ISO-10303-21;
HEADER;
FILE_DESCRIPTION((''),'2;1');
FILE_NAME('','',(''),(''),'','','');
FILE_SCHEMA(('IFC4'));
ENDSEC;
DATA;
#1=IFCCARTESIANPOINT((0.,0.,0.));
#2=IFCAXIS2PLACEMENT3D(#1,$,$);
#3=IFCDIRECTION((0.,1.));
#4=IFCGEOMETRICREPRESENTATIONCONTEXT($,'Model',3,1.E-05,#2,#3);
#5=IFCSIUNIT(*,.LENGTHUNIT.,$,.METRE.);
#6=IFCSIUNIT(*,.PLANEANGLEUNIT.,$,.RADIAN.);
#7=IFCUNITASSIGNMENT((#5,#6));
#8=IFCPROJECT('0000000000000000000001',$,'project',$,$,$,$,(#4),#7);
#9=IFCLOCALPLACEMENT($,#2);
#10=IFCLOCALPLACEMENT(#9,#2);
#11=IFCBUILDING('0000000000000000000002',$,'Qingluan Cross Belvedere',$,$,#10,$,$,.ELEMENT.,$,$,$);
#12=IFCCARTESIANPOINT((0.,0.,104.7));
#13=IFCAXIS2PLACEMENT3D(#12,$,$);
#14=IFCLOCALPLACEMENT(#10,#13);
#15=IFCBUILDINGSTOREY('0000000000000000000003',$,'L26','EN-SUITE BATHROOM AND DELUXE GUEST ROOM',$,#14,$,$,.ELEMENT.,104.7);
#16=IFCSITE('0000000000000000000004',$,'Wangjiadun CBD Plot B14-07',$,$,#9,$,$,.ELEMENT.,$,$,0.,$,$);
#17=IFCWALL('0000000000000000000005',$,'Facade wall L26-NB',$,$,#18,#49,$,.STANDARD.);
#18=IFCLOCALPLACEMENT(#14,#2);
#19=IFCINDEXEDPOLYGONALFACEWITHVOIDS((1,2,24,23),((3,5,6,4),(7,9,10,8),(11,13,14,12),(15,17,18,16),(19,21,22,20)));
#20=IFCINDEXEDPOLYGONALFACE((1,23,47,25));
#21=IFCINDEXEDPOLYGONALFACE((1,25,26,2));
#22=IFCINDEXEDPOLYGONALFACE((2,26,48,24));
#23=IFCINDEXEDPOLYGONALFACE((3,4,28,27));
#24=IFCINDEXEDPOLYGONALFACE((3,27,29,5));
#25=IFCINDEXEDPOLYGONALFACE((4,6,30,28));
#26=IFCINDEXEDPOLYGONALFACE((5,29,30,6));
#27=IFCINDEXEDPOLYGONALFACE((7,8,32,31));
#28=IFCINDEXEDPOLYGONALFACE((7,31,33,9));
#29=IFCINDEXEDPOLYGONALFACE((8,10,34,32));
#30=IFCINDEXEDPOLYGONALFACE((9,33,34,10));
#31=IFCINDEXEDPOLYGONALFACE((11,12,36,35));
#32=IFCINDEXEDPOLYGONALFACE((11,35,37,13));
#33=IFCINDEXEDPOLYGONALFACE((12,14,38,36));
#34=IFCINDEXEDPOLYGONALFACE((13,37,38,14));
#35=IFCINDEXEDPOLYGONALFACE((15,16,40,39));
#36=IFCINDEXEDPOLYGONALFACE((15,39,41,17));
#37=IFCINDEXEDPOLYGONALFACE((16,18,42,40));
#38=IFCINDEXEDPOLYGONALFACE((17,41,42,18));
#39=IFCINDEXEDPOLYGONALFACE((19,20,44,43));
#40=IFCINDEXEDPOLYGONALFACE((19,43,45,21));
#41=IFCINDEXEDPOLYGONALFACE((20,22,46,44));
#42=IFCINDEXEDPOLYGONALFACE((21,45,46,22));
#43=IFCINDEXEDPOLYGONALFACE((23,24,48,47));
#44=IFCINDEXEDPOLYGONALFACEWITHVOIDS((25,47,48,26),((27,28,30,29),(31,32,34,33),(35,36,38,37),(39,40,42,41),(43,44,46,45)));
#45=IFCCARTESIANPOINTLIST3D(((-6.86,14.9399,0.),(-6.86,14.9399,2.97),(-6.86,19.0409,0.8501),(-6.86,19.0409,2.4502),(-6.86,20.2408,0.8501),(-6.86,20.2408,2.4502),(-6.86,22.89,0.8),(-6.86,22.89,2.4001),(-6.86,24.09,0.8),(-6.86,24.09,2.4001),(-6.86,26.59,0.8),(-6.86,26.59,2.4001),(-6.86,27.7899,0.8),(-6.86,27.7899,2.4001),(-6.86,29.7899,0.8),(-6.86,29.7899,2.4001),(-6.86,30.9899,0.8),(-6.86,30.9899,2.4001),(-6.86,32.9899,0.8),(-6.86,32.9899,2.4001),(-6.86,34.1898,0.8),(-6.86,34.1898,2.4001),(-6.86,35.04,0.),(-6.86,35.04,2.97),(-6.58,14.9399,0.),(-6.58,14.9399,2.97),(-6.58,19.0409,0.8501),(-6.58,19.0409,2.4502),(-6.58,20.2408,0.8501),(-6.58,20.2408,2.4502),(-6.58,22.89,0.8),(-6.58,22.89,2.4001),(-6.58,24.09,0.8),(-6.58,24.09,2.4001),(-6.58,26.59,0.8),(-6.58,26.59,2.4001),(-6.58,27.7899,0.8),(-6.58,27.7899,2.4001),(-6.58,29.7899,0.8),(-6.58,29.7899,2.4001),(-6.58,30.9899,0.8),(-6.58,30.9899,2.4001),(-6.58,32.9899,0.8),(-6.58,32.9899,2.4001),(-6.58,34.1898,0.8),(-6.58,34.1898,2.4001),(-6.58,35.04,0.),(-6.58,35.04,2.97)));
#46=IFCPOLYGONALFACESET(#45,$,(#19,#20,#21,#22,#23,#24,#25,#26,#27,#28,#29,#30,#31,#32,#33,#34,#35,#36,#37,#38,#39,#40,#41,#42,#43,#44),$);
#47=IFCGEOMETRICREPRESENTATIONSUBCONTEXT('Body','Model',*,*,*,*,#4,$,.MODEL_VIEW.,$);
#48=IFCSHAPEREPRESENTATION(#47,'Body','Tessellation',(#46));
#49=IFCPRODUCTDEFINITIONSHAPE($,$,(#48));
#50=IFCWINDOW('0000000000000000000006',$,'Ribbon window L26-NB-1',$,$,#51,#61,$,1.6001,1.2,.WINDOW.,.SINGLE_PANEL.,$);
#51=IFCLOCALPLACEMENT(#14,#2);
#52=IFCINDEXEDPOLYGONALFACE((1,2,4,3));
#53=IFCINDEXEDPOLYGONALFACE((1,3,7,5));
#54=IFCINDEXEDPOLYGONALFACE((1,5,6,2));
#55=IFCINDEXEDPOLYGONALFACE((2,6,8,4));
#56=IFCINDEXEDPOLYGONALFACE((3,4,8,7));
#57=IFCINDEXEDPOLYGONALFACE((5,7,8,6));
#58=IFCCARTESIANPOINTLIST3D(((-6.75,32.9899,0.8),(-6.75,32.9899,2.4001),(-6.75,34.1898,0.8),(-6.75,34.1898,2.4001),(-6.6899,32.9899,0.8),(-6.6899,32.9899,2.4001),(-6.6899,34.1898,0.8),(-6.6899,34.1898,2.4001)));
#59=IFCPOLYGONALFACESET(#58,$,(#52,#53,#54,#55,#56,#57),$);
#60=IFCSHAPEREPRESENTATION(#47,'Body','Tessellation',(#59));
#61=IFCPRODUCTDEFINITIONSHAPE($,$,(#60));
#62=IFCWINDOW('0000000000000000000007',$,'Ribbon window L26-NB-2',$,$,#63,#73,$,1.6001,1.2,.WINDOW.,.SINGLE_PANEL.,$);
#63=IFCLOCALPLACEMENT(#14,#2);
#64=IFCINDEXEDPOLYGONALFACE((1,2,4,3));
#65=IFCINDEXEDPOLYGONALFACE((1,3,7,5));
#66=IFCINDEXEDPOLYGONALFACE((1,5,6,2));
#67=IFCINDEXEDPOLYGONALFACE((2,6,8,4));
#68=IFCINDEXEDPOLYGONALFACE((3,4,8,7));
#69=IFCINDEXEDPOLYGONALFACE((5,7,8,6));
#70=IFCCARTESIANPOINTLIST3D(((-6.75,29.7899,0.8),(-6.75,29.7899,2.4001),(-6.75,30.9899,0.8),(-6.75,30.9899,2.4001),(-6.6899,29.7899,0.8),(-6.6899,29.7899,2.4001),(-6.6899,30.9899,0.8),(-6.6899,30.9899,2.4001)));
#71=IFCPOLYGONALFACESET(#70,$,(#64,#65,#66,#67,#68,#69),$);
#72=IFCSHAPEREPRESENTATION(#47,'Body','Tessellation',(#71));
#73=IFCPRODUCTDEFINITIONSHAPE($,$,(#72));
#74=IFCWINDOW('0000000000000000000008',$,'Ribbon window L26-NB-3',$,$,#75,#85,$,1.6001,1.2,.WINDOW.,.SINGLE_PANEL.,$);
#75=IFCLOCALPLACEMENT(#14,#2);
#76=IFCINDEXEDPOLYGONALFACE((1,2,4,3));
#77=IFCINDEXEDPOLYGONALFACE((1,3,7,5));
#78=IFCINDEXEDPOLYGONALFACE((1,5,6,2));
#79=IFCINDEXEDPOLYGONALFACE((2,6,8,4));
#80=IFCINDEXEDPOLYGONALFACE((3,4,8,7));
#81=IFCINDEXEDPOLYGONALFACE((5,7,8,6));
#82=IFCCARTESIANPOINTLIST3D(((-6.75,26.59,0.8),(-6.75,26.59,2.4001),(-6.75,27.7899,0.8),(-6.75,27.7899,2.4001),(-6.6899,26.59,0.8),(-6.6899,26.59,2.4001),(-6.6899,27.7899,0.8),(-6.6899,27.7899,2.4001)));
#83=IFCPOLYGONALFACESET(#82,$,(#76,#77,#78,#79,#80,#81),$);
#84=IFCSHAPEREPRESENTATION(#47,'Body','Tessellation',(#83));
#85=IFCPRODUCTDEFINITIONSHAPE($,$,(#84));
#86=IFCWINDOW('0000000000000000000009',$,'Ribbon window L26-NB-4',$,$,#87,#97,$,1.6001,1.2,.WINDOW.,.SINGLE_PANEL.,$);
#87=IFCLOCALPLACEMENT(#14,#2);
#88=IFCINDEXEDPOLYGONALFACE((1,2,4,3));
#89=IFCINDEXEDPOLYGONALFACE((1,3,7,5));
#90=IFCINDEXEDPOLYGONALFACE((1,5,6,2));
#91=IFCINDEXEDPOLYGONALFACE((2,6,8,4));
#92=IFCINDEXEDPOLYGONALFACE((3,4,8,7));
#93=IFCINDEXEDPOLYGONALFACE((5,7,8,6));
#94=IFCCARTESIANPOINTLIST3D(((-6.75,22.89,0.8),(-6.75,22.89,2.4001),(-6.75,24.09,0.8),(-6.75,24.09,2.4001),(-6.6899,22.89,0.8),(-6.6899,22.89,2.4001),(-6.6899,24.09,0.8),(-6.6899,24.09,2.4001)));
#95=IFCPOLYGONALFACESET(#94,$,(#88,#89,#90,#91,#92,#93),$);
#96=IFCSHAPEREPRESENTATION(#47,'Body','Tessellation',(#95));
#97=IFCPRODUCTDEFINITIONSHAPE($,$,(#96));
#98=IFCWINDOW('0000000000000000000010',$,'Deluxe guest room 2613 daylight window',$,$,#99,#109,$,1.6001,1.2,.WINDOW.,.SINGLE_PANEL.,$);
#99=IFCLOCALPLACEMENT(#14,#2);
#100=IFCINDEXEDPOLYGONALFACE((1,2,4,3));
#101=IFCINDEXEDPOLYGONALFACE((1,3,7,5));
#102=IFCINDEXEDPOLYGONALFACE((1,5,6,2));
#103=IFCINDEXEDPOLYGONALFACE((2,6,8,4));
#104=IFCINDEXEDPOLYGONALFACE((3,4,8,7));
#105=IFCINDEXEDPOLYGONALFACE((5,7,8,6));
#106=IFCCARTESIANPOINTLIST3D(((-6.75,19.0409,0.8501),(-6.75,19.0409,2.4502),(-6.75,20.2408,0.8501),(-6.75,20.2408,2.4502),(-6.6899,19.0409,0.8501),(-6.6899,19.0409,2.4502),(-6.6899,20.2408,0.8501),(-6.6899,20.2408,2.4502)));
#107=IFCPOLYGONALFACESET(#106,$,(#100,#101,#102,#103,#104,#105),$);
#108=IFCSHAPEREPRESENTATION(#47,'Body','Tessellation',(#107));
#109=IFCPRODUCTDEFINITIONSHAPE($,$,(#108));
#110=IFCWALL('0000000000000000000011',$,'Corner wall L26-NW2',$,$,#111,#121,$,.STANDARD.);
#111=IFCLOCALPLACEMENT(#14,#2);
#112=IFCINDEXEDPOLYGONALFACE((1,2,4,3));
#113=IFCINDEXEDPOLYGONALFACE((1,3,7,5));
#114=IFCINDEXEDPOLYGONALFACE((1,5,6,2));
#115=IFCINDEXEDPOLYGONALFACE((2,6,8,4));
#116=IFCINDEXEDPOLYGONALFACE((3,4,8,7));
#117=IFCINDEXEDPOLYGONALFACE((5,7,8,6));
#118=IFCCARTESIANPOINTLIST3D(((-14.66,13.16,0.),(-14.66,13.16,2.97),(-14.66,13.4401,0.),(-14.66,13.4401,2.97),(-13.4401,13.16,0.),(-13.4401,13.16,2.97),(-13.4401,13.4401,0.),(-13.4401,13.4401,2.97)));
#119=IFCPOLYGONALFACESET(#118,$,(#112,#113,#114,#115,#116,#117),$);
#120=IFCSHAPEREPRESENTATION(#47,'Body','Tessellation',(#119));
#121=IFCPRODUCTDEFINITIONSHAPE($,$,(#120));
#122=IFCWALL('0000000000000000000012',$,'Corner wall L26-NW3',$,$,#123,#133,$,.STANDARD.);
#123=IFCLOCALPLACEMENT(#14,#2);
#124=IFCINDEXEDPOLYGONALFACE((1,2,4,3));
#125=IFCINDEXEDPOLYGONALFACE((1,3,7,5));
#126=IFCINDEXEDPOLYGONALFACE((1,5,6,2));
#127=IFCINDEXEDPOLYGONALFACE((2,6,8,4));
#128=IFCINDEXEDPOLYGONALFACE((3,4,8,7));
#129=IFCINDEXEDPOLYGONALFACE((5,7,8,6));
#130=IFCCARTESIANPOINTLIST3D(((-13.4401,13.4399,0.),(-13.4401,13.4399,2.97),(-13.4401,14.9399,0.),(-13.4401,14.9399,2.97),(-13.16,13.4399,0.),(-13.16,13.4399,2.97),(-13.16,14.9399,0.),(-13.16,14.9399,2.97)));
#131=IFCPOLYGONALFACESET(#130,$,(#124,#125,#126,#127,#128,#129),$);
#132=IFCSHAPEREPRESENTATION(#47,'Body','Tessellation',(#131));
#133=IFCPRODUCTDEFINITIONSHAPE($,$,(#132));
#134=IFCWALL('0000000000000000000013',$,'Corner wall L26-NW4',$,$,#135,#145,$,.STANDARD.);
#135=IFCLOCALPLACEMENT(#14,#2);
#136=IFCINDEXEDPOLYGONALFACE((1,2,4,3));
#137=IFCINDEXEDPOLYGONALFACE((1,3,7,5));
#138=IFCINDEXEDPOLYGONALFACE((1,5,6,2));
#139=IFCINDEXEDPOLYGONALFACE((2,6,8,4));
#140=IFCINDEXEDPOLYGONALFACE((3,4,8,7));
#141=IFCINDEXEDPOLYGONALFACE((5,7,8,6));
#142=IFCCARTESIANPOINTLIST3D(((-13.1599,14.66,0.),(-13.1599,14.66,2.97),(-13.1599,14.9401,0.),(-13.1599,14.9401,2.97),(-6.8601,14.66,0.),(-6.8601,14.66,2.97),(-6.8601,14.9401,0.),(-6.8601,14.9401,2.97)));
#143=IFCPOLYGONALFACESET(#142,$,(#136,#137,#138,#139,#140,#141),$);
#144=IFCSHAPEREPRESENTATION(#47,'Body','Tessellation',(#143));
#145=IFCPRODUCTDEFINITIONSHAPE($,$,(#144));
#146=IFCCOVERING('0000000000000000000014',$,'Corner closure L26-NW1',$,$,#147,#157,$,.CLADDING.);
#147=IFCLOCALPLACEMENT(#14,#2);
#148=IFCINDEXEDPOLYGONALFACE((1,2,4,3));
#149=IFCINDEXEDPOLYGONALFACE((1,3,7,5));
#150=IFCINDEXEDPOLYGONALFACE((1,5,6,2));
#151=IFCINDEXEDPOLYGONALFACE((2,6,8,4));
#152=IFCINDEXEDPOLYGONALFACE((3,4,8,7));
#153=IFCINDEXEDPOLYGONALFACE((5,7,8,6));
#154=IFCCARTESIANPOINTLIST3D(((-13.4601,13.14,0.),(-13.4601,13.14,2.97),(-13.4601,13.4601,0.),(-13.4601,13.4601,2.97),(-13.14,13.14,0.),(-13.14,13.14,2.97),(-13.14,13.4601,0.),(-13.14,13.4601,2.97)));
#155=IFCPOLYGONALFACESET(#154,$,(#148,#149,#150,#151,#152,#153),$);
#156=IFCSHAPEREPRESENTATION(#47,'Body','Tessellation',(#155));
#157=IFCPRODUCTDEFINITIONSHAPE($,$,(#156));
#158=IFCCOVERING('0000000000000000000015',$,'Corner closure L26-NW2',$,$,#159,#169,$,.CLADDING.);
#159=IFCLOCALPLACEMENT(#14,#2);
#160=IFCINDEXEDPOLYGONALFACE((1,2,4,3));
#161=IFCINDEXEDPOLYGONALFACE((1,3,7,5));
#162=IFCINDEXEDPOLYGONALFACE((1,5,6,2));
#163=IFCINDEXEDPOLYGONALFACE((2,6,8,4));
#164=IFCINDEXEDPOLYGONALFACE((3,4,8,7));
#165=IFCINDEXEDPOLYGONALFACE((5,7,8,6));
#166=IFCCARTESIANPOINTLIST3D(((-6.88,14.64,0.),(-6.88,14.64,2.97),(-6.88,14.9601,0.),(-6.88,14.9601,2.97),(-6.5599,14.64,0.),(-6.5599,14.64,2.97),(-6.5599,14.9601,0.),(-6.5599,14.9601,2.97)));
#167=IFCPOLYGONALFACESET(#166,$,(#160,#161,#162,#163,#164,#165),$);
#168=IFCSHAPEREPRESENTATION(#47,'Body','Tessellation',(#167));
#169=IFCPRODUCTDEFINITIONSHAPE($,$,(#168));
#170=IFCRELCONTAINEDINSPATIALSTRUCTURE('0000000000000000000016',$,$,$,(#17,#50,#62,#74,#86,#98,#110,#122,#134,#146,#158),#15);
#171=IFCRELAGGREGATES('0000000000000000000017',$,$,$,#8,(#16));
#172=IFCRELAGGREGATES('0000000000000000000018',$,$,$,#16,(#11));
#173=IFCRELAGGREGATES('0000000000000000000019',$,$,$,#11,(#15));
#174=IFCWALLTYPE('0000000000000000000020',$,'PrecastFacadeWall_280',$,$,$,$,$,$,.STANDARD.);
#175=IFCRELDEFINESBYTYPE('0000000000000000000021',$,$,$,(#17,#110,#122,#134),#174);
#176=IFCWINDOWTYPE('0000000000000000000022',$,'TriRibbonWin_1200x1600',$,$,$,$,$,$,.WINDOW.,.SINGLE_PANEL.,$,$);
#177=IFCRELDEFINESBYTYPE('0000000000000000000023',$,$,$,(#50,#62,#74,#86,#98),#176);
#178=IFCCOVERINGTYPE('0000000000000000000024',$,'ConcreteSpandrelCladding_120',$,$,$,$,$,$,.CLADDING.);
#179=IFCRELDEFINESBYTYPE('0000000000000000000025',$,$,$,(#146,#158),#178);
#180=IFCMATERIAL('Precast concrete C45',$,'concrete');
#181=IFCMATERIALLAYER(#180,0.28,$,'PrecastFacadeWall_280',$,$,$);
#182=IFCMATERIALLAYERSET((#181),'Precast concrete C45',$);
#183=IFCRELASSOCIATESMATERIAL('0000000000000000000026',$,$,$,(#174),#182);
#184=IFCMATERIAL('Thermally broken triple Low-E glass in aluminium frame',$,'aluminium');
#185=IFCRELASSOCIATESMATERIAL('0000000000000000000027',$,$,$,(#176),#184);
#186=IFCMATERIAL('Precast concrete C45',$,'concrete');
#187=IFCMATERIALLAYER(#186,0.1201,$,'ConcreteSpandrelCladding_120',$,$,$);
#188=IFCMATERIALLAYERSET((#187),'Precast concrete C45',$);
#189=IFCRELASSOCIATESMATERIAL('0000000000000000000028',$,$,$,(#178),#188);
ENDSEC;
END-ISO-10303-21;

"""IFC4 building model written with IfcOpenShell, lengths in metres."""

from ifc_helpers import new_model, si_unit, direction, frame, frame_2d, origin, origin_2d, place, context, subcontext, project, spatial, rectangle, extrude, material, layer, layer_set, type_object, element, fill, save


model = new_model("IFC4")

# Units and contexts
model_context = context("Model", 3, precision=1e-05, world=origin(), true_north=direction((0.0, 1.0)))
body_context = subcontext(model_context, "Body", "Model", "MODEL_VIEW")
ifc_project = project(units=[si_unit("LENGTHUNIT", "METRE"), si_unit("PLANEANGLEUNIT", "RADIAN")], contexts=[model_context])

# Site, building, storey
site_placement = place(None, origin())
site = spatial("IfcSite", under=ifc_project, at=site_placement, Name="Wangjiadun CBD Plot B14-07", CompositionType="ELEMENT", RefElevation=0.0)
building_placement = place(site_placement, origin())
building = spatial("IfcBuilding", under=site, at=building_placement, Name="Qingluan Cross Belvedere", CompositionType="ELEMENT")
storey_placement = place(building_placement, frame((0.0, 0.0, 104.7)))
storey = spatial("IfcBuildingStorey", under=building, at=storey_placement, Name="L26", Description="EN-SUITE BATHROOM AND DELUXE GUEST ROOM", CompositionType="ELEMENT", Elevation=104.7)

# Wall, openings, windows
ifc_material_1 = material(Name="Precast concrete C45", Category="concrete")
ifc_layer_1 = layer(ifc_material_1, 0.28, Name="PrecastFacadeWall_280")
ifc_layer_set_1 = layer_set([ifc_layer_1], Name="Precast concrete C45")
wall_type_1 = type_object("IfcWallType", Name="PrecastFacadeWall_280", PredefinedType="STANDARD", material=ifc_layer_set_1)
wall_1_placement = place(storey_placement, frame((-6.72, 35.04, 0.0), z_axis=(0.0, 0.0, 1.0), x_axis=(0.0, -1.0, 0.0)))
wall_1 = element("IfcWall", 1, at=wall_1_placement, inside=storey, type_object=wall_type_1, Name="Facade wall L26-NB", PredefinedType="STANDARD", context=body_context, shape_type="SweptSolid", body=[
    extrude(rectangle(XDim=20.1001, YDim=0.28, at=frame_2d((10.05, 0.0))), origin(), (0.0, 0.0, 1.0), 2.97),
])
opening_1_placement = place(wall_1_placement, frame((0.8501, 0.0, 0.8)))
opening_1 = element("IfcOpeningElement", 2, at=opening_1_placement, cuts=wall_1, PredefinedType="OPENING", context=body_context, shape_type="SweptSolid", body=[
    extrude(rectangle(XDim=1.2, YDim=1.6001, at=frame_2d((0.6001, 0.8))), frame((0.0, 0.1499, 0.0), z_axis=(0.0, -1.0, 0.0), x_axis=(1.0, 0.0, 0.0)), (0.0, 0.0, 1.0), 0.3),
])
opening_2_placement = place(wall_1_placement, frame((4.05, 0.0, 0.8)))
opening_2 = element("IfcOpeningElement", 3, at=opening_2_placement, cuts=wall_1, PredefinedType="OPENING", context=body_context, shape_type="SweptSolid", body=[
    extrude(rectangle(XDim=1.2, YDim=1.6001, at=frame_2d((0.6001, 0.8))), frame((0.0, 0.1499, 0.0), z_axis=(0.0, -1.0, 0.0), x_axis=(1.0, 0.0, 0.0)), (0.0, 0.0, 1.0), 0.3),
])
opening_3_placement = place(wall_1_placement, frame((7.25, 0.0, 0.8)))
opening_3 = element("IfcOpeningElement", 4, at=opening_3_placement, cuts=wall_1, PredefinedType="OPENING", context=body_context, shape_type="SweptSolid", body=[
    extrude(rectangle(XDim=1.2, YDim=1.6001, at=frame_2d((0.6001, 0.8))), frame((0.0, 0.1499, 0.0), z_axis=(0.0, -1.0, 0.0), x_axis=(1.0, 0.0, 0.0)), (0.0, 0.0, 1.0), 0.3),
])
opening_4_placement = place(wall_1_placement, frame((10.95, 0.0, 0.8)))
opening_4 = element("IfcOpeningElement", 5, at=opening_4_placement, cuts=wall_1, PredefinedType="OPENING", context=body_context, shape_type="SweptSolid", body=[
    extrude(rectangle(XDim=1.2, YDim=1.6001, at=frame_2d((0.6001, 0.8))), frame((0.0, 0.1499, 0.0), z_axis=(0.0, -1.0, 0.0), x_axis=(1.0, 0.0, 0.0)), (0.0, 0.0, 1.0), 0.3),
])
opening_5_placement = place(wall_1_placement, frame((14.7991, 0.0, 0.8501)))
opening_5 = element("IfcOpeningElement", 6, at=opening_5_placement, cuts=wall_1, PredefinedType="OPENING", context=body_context, shape_type="SweptSolid", body=[
    extrude(rectangle(XDim=1.2, YDim=1.6001, at=frame_2d((0.6001, 0.8))), frame((0.0, 0.1499, 0.0), z_axis=(0.0, -1.0, 0.0), x_axis=(1.0, 0.0, 0.0)), (0.0, 0.0, 1.0), 0.3),
])
ifc_material_2 = material(Name="Thermally broken triple Low-E glass in aluminium frame", Category="aluminium")
window_type = type_object("IfcWindowType", Name="TriRibbonWin_1200x1600", PartitioningType="SINGLE_PANEL", PredefinedType="WINDOW", material=ifc_material_2)
window_1_placement = place(opening_1_placement, origin())
window_1 = element("IfcWindow", 7, at=window_1_placement, inside=storey, type_object=window_type, Name="Ribbon window L26-NB-1", OverallHeight=1.6001, OverallWidth=1.2, PartitioningType="SINGLE_PANEL", PredefinedType="WINDOW", context=body_context, shape_type="SweptSolid", body=[
    extrude(rectangle(XDim=1.2, YDim=1.6001, at=frame_2d((0.6001, 0.8))), frame((0.0, 0.03, 0.0), z_axis=(0.0, -1.0, 0.0), x_axis=(1.0, 0.0, 0.0)), (0.0, 0.0, 1.0), 0.0601),
])
fill(opening_1, window_1)
window_2_placement = place(opening_2_placement, origin())
window_2 = element("IfcWindow", 8, at=window_2_placement, inside=storey, type_object=window_type, Name="Ribbon window L26-NB-2", OverallHeight=1.6001, OverallWidth=1.2, PartitioningType="SINGLE_PANEL", PredefinedType="WINDOW", context=body_context, shape_type="SweptSolid", body=[
    extrude(rectangle(XDim=1.2, YDim=1.6001, at=frame_2d((0.6001, 0.8))), frame((0.0, 0.03, 0.0), z_axis=(0.0, -1.0, 0.0), x_axis=(1.0, 0.0, 0.0)), (0.0, 0.0, 1.0), 0.0601),
])
fill(opening_2, window_2)
window_3_placement = place(opening_3_placement, origin())
window_3 = element("IfcWindow", 9, at=window_3_placement, inside=storey, type_object=window_type, Name="Ribbon window L26-NB-3", OverallHeight=1.6001, OverallWidth=1.2, PartitioningType="SINGLE_PANEL", PredefinedType="WINDOW", context=body_context, shape_type="SweptSolid", body=[
    extrude(rectangle(XDim=1.2, YDim=1.6001, at=frame_2d((0.6001, 0.8))), frame((0.0, 0.03, 0.0), z_axis=(0.0, -1.0, 0.0), x_axis=(1.0, 0.0, 0.0)), (0.0, 0.0, 1.0), 0.0601),
])
fill(opening_3, window_3)
window_4_placement = place(opening_4_placement, origin())
window_4 = element("IfcWindow", 10, at=window_4_placement, inside=storey, type_object=window_type, Name="Ribbon window L26-NB-4", OverallHeight=1.6001, OverallWidth=1.2, PartitioningType="SINGLE_PANEL", PredefinedType="WINDOW", context=body_context, shape_type="SweptSolid", body=[
    extrude(rectangle(XDim=1.2, YDim=1.6001, at=frame_2d((0.6001, 0.8))), frame((0.0, 0.03, 0.0), z_axis=(0.0, -1.0, 0.0), x_axis=(1.0, 0.0, 0.0)), (0.0, 0.0, 1.0), 0.0601),
])
fill(opening_4, window_4)
window_5_placement = place(opening_5_placement, origin())
window_5 = element("IfcWindow", 11, at=window_5_placement, inside=storey, type_object=window_type, Name="Deluxe guest room 2613 daylight window", OverallHeight=1.6001, OverallWidth=1.2, PartitioningType="SINGLE_PANEL", PredefinedType="WINDOW", context=body_context, shape_type="SweptSolid", body=[
    extrude(rectangle(XDim=1.2, YDim=1.6001, at=frame_2d((0.6001, 0.8))), frame((0.0, 0.03, 0.0), z_axis=(0.0, -1.0, 0.0), x_axis=(1.0, 0.0, 0.0)), (0.0, 0.0, 1.0), 0.0601),
])
fill(opening_5, window_5)

# Walls
wall_2_placement = place(storey_placement, frame((-14.6599, 13.3, 0.0), z_axis=(0.0, 0.0, 1.0), x_axis=(1.0, 0.0, 0.0)))
element("IfcWall", 12, at=wall_2_placement, inside=storey, type_object=wall_type_1, Name="Corner wall L26-NW2", PredefinedType="STANDARD", context=body_context, shape_type="SweptSolid", body=[
    extrude(rectangle(XDim=1.22, YDim=0.28, at=frame_2d((0.6099, 0.0))), origin(), (0.0, 0.0, 1.0), 2.97),
])
wall_3_placement = place(storey_placement, frame((-13.3, 13.4399, 0.0), z_axis=(0.0, 0.0, 1.0), x_axis=(0.0, 1.0, 0.0)))
element("IfcWall", 13, at=wall_3_placement, inside=storey, type_object=wall_type_1, Name="Corner wall L26-NW3", PredefinedType="STANDARD", context=body_context, shape_type="SweptSolid", body=[
    extrude(rectangle(XDim=1.5, YDim=0.28, at=frame_2d((0.75, 0.0))), origin(), (0.0, 0.0, 1.0), 2.97),
])
wall_4_placement = place(storey_placement, frame((-13.1599, 14.8, 0.0), z_axis=(0.0, 0.0, 1.0), x_axis=(1.0, 0.0, 0.0)))
element("IfcWall", 14, at=wall_4_placement, inside=storey, type_object=wall_type_1, Name="Corner wall L26-NW4", PredefinedType="STANDARD", context=body_context, shape_type="SweptSolid", body=[
    extrude(rectangle(XDim=6.2998, YDim=0.28, at=frame_2d((3.1499, 0.0))), origin(), (0.0, 0.0, 1.0), 2.97),
])

# Coverings
ifc_material_3 = material(Name="Precast concrete C45", Category="concrete")
ifc_layer_2 = layer(ifc_material_3, 0.1201, Name="ConcreteSpandrelCladding_120")
ifc_layer_set_2 = layer_set([ifc_layer_2], Name="Precast concrete C45")
covering_type = type_object("IfcCoveringType", Name="ConcreteSpandrelCladding_120", PredefinedType="CLADDING", material=ifc_layer_set_2)
for number, where, z_axis, x_axis, name in (
    (15, (-13.3, 13.3, 0.0), (0.0, 0.0, 1.0), (1.0, 0.0, 0.0), "Corner closure L26-NW1"),
    (16, (-6.72, 14.8, 0.0), (0.0, 0.0, 1.0), (1.0, 0.0, 0.0), "Corner closure L26-NW2"),
):
    element("IfcCovering", number, at=place(storey_placement, frame(where, z_axis=z_axis, x_axis=x_axis)), inside=storey, type_object=covering_type, Name=name, PredefinedType="CLADDING", context=body_context, shape_type="SweptSolid", body=[
        extrude(rectangle(XDim=0.3201, YDim=0.3201, at=origin_2d()), origin(), (0.0, 0.0, 1.0), 2.97),
    ])

save(model, "model.ifc")
